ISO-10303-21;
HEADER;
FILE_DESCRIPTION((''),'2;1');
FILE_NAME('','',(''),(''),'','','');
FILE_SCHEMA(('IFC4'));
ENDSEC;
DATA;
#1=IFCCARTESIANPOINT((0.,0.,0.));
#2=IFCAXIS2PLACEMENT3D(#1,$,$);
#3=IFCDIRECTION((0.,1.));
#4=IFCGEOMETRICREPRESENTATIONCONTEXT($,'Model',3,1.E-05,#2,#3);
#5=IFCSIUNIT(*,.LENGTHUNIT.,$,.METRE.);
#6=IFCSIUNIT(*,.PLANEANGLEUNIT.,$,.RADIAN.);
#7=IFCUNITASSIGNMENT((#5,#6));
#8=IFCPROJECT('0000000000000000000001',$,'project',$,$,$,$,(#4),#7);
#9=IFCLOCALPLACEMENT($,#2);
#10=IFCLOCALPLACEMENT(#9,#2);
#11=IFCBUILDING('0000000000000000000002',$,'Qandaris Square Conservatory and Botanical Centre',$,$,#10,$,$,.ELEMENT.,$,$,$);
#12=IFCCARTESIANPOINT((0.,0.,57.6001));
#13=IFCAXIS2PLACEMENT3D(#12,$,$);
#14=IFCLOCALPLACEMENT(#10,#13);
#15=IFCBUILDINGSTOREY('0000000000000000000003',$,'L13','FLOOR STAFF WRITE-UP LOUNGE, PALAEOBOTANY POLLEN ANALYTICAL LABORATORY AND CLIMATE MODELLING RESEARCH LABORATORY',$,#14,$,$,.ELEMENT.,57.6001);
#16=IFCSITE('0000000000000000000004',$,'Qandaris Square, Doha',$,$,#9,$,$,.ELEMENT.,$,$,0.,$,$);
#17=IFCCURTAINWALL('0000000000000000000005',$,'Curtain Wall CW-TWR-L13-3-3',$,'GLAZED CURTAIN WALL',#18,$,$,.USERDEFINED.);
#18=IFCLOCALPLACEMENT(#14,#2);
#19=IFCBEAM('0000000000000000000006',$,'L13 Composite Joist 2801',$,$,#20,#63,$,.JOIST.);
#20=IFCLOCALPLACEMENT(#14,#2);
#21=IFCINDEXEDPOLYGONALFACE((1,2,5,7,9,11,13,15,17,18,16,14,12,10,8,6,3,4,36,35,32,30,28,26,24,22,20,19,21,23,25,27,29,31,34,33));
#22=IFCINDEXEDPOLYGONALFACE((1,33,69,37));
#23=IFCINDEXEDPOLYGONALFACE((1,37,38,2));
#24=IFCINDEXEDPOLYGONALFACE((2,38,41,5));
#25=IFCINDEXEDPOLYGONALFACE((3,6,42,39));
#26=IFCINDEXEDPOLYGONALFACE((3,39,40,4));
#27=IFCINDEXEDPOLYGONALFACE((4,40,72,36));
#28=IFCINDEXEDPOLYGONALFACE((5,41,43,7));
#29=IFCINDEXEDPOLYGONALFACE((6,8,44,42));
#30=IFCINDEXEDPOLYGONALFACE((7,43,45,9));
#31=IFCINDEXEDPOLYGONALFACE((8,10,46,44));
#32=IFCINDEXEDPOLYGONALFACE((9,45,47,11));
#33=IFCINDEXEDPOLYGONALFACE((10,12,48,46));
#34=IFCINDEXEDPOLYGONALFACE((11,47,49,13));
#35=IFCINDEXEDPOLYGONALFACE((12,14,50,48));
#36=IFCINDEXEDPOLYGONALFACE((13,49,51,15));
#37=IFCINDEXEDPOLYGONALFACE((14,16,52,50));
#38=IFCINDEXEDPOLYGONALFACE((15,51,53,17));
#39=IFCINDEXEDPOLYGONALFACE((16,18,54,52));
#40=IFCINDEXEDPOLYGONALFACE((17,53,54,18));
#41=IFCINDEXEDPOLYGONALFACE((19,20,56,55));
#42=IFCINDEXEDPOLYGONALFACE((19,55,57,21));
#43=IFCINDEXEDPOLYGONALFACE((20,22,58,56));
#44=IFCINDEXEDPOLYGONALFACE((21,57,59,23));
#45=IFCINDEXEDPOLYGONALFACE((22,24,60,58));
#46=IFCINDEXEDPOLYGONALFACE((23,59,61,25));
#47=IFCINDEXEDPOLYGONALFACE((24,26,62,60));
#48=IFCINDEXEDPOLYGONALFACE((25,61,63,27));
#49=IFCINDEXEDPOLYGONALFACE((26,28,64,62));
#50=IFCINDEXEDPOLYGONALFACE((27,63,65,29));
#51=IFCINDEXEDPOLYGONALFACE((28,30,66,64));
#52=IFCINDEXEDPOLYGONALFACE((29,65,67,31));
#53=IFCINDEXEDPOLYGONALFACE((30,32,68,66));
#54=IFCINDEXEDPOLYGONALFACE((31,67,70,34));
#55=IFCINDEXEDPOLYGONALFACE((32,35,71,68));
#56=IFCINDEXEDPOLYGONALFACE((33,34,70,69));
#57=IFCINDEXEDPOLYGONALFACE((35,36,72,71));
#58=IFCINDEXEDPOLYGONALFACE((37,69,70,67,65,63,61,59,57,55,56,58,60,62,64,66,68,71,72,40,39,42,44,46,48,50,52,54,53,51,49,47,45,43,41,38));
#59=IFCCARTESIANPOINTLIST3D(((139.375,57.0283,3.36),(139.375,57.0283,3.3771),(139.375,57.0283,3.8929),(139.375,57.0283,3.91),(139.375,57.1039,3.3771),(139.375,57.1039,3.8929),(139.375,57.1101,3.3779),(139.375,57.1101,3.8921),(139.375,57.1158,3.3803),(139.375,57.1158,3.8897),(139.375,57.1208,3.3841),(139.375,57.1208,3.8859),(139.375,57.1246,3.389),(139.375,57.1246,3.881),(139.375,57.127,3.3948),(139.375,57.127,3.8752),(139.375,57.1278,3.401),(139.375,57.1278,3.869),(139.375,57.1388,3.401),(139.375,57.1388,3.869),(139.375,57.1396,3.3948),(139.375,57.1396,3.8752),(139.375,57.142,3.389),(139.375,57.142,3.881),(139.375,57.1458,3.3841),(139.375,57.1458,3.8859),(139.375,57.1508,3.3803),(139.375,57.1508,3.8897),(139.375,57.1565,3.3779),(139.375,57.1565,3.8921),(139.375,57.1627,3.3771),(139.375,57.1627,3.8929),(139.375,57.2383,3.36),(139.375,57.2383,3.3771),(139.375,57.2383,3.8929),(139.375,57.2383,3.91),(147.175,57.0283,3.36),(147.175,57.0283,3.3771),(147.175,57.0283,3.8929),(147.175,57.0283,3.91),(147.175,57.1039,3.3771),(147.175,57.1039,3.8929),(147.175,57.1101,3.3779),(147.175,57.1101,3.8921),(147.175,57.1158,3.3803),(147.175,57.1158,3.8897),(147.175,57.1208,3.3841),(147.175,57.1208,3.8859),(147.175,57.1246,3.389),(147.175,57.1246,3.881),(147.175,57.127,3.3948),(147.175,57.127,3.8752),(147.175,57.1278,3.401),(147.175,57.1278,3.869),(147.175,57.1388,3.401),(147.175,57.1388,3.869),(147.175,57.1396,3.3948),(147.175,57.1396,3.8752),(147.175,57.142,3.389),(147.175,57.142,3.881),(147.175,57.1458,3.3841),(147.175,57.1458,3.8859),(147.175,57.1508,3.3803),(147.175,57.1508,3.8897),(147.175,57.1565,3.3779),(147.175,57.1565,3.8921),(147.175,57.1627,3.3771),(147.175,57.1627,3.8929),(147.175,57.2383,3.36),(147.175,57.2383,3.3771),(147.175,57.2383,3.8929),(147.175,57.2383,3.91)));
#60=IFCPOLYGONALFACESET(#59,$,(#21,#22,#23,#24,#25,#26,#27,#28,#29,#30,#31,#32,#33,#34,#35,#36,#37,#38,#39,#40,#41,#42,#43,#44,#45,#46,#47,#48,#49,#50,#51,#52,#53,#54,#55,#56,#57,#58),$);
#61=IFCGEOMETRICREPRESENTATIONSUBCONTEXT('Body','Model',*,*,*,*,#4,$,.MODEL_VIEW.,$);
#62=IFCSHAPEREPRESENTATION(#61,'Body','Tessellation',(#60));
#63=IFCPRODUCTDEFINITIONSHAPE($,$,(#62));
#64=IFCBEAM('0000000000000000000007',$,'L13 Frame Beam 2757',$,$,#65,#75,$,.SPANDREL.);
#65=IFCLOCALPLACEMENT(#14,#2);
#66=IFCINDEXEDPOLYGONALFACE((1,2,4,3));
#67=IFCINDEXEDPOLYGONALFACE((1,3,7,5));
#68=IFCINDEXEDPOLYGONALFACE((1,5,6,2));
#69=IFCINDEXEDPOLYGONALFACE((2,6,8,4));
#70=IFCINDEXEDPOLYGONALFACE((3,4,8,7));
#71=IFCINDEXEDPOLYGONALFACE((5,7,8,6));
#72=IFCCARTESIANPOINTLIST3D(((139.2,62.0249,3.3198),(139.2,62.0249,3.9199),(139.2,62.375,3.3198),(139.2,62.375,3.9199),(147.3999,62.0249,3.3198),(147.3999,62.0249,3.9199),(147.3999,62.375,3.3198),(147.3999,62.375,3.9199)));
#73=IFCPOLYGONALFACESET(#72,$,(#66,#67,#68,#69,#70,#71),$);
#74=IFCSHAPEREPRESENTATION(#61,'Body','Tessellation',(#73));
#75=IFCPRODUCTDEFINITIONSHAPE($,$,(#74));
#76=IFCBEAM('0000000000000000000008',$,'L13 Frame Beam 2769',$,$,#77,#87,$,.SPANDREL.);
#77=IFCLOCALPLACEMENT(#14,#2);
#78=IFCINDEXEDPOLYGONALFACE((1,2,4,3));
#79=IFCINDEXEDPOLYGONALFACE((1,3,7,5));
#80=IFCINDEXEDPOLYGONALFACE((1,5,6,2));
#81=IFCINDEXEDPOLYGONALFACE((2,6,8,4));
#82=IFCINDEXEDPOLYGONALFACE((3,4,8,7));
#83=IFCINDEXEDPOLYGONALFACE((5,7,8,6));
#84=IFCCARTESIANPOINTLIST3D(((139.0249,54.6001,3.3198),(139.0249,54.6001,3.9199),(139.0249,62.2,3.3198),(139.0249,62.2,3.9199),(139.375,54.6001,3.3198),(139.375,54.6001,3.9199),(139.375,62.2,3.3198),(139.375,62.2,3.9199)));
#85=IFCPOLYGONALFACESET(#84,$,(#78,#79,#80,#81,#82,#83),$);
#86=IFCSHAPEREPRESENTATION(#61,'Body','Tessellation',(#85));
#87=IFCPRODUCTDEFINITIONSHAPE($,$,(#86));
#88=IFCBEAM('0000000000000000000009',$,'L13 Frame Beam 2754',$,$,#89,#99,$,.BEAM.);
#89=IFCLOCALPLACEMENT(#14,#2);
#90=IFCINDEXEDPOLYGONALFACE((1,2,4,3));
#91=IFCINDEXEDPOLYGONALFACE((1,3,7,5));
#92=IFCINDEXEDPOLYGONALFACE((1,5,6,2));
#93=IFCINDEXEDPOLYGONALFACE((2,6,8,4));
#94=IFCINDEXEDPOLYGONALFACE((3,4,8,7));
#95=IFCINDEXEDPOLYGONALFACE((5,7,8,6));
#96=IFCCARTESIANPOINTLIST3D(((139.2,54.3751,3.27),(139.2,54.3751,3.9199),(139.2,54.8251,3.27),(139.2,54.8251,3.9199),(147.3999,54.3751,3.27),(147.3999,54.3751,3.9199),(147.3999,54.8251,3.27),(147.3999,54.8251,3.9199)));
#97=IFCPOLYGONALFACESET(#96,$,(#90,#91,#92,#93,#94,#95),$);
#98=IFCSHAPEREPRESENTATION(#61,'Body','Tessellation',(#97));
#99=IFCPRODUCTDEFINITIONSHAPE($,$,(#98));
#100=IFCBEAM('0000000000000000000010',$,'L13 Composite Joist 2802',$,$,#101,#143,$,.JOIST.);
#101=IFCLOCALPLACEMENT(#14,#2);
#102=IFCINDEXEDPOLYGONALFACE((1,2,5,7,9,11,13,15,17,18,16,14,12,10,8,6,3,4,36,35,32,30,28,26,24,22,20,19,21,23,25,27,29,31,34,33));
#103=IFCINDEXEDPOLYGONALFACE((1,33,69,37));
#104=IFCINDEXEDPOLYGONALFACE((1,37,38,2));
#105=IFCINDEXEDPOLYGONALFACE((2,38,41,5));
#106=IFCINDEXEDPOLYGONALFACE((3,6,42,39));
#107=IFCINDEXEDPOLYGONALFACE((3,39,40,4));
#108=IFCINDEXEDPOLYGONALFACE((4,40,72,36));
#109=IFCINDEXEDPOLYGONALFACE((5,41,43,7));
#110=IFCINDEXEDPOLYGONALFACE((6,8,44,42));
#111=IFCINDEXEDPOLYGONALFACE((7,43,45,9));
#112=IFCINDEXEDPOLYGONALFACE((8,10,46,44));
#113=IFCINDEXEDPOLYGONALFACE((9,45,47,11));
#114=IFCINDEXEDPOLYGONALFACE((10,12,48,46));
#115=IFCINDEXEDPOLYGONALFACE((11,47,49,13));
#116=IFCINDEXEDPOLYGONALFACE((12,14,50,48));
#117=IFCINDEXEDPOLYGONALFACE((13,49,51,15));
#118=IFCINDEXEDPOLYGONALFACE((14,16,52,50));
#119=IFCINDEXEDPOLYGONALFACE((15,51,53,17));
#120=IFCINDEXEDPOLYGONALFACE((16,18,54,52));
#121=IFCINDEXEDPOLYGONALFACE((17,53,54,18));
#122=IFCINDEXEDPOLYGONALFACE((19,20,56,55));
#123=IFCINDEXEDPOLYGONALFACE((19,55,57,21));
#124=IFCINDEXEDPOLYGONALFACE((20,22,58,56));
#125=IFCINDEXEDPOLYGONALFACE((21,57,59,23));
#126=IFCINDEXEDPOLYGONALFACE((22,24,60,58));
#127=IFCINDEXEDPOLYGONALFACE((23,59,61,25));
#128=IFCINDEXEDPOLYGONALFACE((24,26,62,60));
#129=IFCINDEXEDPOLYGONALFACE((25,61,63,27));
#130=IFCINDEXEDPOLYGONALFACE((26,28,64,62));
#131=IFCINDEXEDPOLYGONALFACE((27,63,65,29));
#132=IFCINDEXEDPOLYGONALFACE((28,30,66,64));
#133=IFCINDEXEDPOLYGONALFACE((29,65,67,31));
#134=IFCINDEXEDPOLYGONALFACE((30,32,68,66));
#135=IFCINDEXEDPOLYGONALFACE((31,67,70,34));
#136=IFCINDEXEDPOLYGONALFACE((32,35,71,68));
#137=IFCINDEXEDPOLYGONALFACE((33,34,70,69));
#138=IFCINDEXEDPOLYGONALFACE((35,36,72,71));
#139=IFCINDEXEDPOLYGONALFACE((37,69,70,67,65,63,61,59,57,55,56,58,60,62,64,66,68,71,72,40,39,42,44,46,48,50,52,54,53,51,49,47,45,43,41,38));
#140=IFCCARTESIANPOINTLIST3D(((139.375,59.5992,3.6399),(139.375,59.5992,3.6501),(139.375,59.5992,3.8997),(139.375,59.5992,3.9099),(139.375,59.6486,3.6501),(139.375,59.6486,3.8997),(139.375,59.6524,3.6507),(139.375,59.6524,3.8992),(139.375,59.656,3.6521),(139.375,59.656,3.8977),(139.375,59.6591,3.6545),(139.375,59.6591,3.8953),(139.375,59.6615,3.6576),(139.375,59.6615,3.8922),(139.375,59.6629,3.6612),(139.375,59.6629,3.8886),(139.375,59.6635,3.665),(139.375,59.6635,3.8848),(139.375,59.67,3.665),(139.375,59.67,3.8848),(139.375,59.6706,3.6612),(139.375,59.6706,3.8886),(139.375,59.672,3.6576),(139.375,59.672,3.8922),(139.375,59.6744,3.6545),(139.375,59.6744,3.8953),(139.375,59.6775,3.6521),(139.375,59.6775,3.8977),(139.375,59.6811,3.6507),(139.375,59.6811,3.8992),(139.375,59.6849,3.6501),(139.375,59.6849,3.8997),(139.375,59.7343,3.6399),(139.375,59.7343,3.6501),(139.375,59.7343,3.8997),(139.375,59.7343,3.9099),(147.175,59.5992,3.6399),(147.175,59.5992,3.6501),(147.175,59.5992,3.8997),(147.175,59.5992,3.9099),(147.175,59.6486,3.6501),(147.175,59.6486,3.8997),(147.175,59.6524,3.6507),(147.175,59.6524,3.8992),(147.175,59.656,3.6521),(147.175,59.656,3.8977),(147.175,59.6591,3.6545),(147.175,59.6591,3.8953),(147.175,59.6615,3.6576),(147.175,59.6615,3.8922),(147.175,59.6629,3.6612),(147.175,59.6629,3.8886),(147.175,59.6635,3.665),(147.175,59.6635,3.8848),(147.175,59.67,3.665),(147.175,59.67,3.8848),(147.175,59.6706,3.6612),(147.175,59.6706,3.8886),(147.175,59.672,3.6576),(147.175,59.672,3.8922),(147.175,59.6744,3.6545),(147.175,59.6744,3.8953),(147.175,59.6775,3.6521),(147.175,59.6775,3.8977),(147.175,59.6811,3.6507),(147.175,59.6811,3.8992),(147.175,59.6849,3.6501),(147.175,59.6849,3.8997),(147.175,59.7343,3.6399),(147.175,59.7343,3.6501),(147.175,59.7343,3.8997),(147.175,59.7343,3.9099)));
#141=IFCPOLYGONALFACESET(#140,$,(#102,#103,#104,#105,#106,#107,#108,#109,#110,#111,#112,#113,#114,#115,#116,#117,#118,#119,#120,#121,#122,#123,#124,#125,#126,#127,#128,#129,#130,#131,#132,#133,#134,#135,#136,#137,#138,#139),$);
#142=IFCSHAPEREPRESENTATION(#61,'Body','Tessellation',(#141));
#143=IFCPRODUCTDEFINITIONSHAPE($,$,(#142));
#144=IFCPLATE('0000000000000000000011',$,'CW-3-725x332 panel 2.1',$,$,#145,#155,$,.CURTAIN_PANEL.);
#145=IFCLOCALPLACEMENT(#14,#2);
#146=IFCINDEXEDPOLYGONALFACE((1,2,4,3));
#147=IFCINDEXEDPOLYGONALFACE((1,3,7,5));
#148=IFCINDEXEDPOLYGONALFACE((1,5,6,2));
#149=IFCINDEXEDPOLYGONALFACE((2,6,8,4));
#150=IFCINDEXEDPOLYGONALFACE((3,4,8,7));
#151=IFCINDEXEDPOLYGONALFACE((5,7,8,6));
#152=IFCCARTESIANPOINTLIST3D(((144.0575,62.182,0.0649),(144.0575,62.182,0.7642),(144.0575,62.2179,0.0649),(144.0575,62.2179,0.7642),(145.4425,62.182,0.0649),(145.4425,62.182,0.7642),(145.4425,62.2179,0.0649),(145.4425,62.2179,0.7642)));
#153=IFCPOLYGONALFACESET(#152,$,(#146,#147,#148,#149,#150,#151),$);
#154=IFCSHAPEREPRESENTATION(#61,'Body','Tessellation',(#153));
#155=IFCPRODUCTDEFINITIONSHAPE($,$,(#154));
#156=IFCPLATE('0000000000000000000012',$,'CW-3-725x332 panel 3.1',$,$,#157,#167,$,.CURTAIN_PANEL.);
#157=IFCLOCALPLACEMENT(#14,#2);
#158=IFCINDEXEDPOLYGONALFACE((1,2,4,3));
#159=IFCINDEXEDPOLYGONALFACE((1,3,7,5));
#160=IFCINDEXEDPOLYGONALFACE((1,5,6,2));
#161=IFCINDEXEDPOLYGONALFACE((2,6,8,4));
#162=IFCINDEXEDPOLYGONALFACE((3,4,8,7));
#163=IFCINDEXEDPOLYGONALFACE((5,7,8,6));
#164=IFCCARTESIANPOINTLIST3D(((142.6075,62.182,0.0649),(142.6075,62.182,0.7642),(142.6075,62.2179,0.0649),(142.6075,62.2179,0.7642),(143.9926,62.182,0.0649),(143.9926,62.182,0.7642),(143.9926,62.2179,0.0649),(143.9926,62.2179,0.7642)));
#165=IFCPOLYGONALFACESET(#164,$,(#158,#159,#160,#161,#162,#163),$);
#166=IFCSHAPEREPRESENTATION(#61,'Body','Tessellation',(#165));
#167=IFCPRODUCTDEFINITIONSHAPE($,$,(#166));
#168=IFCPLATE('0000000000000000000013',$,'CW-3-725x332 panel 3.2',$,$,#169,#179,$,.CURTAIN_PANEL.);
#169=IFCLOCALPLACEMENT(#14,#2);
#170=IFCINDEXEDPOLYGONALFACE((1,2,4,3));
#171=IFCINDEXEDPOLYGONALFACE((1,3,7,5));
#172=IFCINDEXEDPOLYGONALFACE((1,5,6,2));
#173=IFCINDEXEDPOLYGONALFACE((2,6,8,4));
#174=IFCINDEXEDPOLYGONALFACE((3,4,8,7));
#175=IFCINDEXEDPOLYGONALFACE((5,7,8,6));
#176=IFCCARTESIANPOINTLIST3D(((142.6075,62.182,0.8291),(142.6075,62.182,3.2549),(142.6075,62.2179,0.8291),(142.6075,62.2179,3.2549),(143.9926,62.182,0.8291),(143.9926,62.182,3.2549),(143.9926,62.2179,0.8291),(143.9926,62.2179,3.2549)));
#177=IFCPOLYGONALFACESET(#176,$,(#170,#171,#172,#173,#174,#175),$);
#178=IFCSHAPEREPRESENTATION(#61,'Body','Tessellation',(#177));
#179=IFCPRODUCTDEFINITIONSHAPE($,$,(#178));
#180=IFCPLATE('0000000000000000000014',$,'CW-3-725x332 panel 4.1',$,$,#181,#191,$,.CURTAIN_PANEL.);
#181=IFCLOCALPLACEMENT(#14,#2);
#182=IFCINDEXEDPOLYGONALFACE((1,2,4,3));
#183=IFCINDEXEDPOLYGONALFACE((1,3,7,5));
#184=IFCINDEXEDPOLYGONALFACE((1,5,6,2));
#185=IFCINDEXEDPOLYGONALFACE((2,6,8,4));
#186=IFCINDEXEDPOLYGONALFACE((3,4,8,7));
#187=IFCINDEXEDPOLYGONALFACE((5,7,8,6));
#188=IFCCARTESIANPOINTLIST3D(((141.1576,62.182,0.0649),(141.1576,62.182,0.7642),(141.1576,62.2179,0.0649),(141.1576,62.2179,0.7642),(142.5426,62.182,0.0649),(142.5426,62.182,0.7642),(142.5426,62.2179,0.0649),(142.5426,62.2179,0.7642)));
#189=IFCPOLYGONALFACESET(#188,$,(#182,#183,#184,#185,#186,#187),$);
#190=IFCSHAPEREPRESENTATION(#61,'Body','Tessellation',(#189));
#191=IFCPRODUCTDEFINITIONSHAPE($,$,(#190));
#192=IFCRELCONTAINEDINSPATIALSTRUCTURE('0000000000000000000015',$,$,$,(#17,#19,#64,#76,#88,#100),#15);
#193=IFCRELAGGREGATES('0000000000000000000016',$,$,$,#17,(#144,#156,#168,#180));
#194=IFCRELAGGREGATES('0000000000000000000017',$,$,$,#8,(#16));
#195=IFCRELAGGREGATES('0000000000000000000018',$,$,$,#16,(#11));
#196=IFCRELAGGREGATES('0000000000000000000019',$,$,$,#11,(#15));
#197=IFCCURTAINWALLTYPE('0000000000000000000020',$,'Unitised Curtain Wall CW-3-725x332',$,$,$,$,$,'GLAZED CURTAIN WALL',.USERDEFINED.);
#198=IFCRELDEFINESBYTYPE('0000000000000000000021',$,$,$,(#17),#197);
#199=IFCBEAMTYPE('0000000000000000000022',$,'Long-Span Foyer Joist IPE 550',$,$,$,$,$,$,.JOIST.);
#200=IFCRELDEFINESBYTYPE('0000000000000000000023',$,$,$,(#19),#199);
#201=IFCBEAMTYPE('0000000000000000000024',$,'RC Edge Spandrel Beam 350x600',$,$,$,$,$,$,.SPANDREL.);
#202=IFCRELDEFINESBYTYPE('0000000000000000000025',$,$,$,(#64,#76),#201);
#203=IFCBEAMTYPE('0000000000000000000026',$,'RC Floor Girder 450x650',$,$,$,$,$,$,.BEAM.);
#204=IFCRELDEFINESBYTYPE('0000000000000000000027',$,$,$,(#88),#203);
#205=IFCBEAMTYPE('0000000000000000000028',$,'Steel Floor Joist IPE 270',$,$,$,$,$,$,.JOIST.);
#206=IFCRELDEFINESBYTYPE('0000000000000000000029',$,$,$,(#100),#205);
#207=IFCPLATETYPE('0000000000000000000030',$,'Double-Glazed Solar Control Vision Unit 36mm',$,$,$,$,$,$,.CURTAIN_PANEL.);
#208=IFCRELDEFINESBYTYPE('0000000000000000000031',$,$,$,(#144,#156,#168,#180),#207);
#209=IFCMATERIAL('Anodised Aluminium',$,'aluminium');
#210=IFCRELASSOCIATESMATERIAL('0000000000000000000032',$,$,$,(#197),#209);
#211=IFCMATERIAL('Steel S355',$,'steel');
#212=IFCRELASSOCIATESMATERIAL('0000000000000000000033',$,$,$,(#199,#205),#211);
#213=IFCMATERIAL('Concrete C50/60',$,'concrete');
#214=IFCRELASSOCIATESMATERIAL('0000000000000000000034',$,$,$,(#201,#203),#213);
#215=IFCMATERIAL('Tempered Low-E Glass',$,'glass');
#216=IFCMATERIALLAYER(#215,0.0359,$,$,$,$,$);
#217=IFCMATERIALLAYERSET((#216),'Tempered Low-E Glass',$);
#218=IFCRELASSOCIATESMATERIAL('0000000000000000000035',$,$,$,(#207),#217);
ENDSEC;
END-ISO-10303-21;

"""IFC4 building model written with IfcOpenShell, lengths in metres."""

from ifc_helpers import new_model, si_unit, direction, frame, origin, origin_2d, place, context, subcontext, project, spatial, rectangle, i_section, extrude, material, layer, layer_set, material_profile, profile_set, type_object, element, aggregate, save


model = new_model("IFC4")

# Units and contexts
model_context = context("Model", 3, precision=1e-05, world=origin(), true_north=direction((0.0, 1.0)))
body_context = subcontext(model_context, "Body", "Model", "MODEL_VIEW")
ifc_project = project(units=[si_unit("LENGTHUNIT", "METRE"), si_unit("PLANEANGLEUNIT", "RADIAN")], contexts=[model_context])

# Site, building, storey
site_placement = place(None, origin())
site = spatial("IfcSite", under=ifc_project, at=site_placement, Name="Qandaris Square, Doha", CompositionType="ELEMENT", RefElevation=0.0)
building_placement = place(site_placement, origin())
building = spatial("IfcBuilding", under=site, at=building_placement, Name="Qandaris Square Conservatory and Botanical Centre", CompositionType="ELEMENT")
storey_placement = place(building_placement, frame((0.0, 0.0, 57.6001)))
storey = spatial("IfcBuildingStorey", under=building, at=storey_placement, Name="L13", Description="FLOOR STAFF WRITE-UP LOUNGE, PALAEOBOTANY POLLEN ANALYTICAL LABORATORY AND CLIMATE MODELLING RESEARCH LABORATORY", CompositionType="ELEMENT", Elevation=57.6001)

# Curtain wall
ifc_material_1 = material(Name="Anodised Aluminium", Category="aluminium")
curtain_wall_type = type_object("IfcCurtainWallType", Name="Unitised Curtain Wall CW-3-725x332", ElementType="GLAZED CURTAIN WALL", PredefinedType="USERDEFINED", material=ifc_material_1)
curtain_wall_placement = place(storey_placement, origin())
curtain_wall = element("IfcCurtainWall", 1, at=curtain_wall_placement, inside=storey, type_object=curtain_wall_type, Name="Curtain Wall CW-TWR-L13-3-3", ObjectType="GLAZED CURTAIN WALL", PredefinedType="USERDEFINED")

# Beams
ifc_material_2 = material(Name="Steel S355", Category="steel")
ifc_material_profile_1 = material_profile(ifc_material_2, i_section(OverallWidth=0.21, OverallDepth=0.55, WebThickness=0.011, FlangeThickness=0.0171, FilletRadius=0.0239, at=origin_2d()), Name="IPE 550")
ifc_profile_set_1 = profile_set([ifc_material_profile_1], Name="Steel S355")
beam_type_1 = type_object("IfcBeamType", Name="Long-Span Foyer Joist IPE 550", PredefinedType="JOIST", material=ifc_profile_set_1)
beam_1_placement = place(storey_placement, frame((139.375, 57.1333, 3.635), z_axis=(1.0, 0.0, 0.0), x_axis=(0.0, 1.0, 0.0)))
element("IfcBeam", 2, at=beam_1_placement, inside=storey, type_object=beam_type_1, Name="L13 Composite Joist 2801", PredefinedType="JOIST", context=body_context, shape_type="SweptSolid", body=[
    extrude(i_section(OverallWidth=0.21, OverallDepth=0.55, WebThickness=0.011, FlangeThickness=0.0171, FilletRadius=0.0239, at=origin_2d()), origin(), (0.0, 0.0, 1.0), 7.8),
])
ifc_material_3 = material(Name="Concrete C50/60", Category="concrete")
ifc_material_profile_2 = material_profile(ifc_material_3, rectangle(XDim=0.3501, YDim=0.6001, at=origin_2d()), Name="RC-SP 350x600")
ifc_profile_set_2 = profile_set([ifc_material_profile_2], Name="Concrete C50/60")
beam_type_2 = type_object("IfcBeamType", Name="RC Edge Spandrel Beam 350x600", PredefinedType="SPANDREL", material=ifc_profile_set_2)
beam_2_placement = place(storey_placement, frame((139.2, 62.2, 3.6199), z_axis=(1.0, 0.0, 0.0), x_axis=(0.0, 1.0, 0.0)))
element("IfcBeam", 3, at=beam_2_placement, inside=storey, type_object=beam_type_2, Name="L13 Frame Beam 2757", PredefinedType="SPANDREL", context=body_context, shape_type="SweptSolid", body=[
    extrude(rectangle(XDim=0.3501, YDim=0.6001, at=origin_2d()), origin(), (0.0, 0.0, 1.0), 8.2),
])
beam_3_placement = place(storey_placement, frame((139.2, 54.6001, 3.6199), z_axis=(0.0, 1.0, 0.0), x_axis=(-1.0, 0.0, 0.0)))
element("IfcBeam", 4, at=beam_3_placement, inside=storey, type_object=beam_type_2, Name="L13 Frame Beam 2769", PredefinedType="SPANDREL", context=body_context, shape_type="SweptSolid", body=[
    extrude(rectangle(XDim=0.3501, YDim=0.6001, at=origin_2d()), origin(), (0.0, 0.0, 1.0), 7.5999),
])
ifc_material_profile_3 = material_profile(ifc_material_3, rectangle(XDim=0.45, YDim=0.6499, at=origin_2d()), Name="RC-BM 450x650")
ifc_profile_set_3 = profile_set([ifc_material_profile_3], Name="Concrete C50/60")
beam_type_3 = type_object("IfcBeamType", Name="RC Floor Girder 450x650", PredefinedType="BEAM", material=ifc_profile_set_3)
beam_4_placement = place(storey_placement, frame((139.2, 54.6001, 3.595), z_axis=(1.0, 0.0, 0.0), x_axis=(0.0, 1.0, 0.0)))
element("IfcBeam", 5, at=beam_4_placement, inside=storey, type_object=beam_type_3, Name="L13 Frame Beam 2754", PredefinedType="BEAM", context=body_context, shape_type="SweptSolid", body=[
    extrude(rectangle(XDim=0.45, YDim=0.6499, at=origin_2d()), origin(), (0.0, 0.0, 1.0), 8.2),
])
ifc_material_profile_4 = material_profile(ifc_material_2, i_section(OverallWidth=0.135, OverallDepth=0.27, WebThickness=0.0066, FlangeThickness=0.0103, FilletRadius=0.0149, at=origin_2d()), Name="IPE 270")
ifc_profile_set_4 = profile_set([ifc_material_profile_4], Name="Steel S355")
beam_type_4 = type_object("IfcBeamType", Name="Steel Floor Joist IPE 270", PredefinedType="JOIST", material=ifc_profile_set_4)
beam_5_placement = place(storey_placement, frame((139.375, 59.6667, 3.7749), z_axis=(1.0, 0.0, 0.0), x_axis=(0.0, 1.0, 0.0)))
element("IfcBeam", 6, at=beam_5_placement, inside=storey, type_object=beam_type_4, Name="L13 Composite Joist 2802", PredefinedType="JOIST", context=body_context, shape_type="SweptSolid", body=[
    extrude(i_section(OverallWidth=0.135, OverallDepth=0.27, WebThickness=0.0066, FlangeThickness=0.0103, FilletRadius=0.0149, at=origin_2d()), origin(), (0.0, 0.0, 1.0), 7.8),
])

# Plates
ifc_material_4 = material(Name="Tempered Low-E Glass", Category="glass")
ifc_layer_1 = layer(ifc_material_4, 0.0359)
ifc_layer_set_1 = layer_set([ifc_layer_1], Name="Tempered Low-E Glass")
plate_type = type_object("IfcPlateType", Name="Double-Glazed Solar Control Vision Unit 36mm", PredefinedType="CURTAIN_PANEL", material=ifc_layer_set_1)
plate_1_placement = place(storey_placement, frame((144.75, 62.2, 0.0649), z_axis=(0.0, 0.0, 1.0), x_axis=(-1.0, 0.0, 0.0)))
plate_1 = element("IfcPlate", 7, at=plate_1_placement, type_object=plate_type, Name="CW-3-725x332 panel 2.1", PredefinedType="CURTAIN_PANEL", context=body_context, shape_type="SweptSolid", body=[
    extrude(rectangle(XDim=1.385, YDim=0.0359, at=origin_2d()), origin(), (0.0, 0.0, 1.0), 0.6992),
])
plate_2_placement = place(storey_placement, frame((143.3, 62.2, 0.0649), z_axis=(0.0, 0.0, 1.0), x_axis=(-1.0, 0.0, 0.0)))
plate_2 = element("IfcPlate", 8, at=plate_2_placement, type_object=plate_type, Name="CW-3-725x332 panel 3.1", PredefinedType="CURTAIN_PANEL", context=body_context, shape_type="SweptSolid", body=[
    extrude(rectangle(XDim=1.385, YDim=0.0359, at=origin_2d()), origin(), (0.0, 0.0, 1.0), 0.6992),
])
plate_3_placement = place(storey_placement, frame((143.3, 62.2, 0.8291), z_axis=(0.0, 0.0, 1.0), x_axis=(-1.0, 0.0, 0.0)))
plate_3 = element("IfcPlate", 9, at=plate_3_placement, type_object=plate_type, Name="CW-3-725x332 panel 3.2", PredefinedType="CURTAIN_PANEL", context=body_context, shape_type="SweptSolid", body=[
    extrude(rectangle(XDim=1.385, YDim=0.0359, at=origin_2d()), origin(), (0.0, 0.0, 1.0), 2.4258),
])
plate_4_placement = place(storey_placement, frame((141.8501, 62.2, 0.0649), z_axis=(0.0, 0.0, 1.0), x_axis=(-1.0, 0.0, 0.0)))
plate_4 = element("IfcPlate", 10, at=plate_4_placement, type_object=plate_type, Name="CW-3-725x332 panel 4.1", PredefinedType="CURTAIN_PANEL", context=body_context, shape_type="SweptSolid", body=[
    extrude(rectangle(XDim=1.385, YDim=0.0359, at=origin_2d()), origin(), (0.0, 0.0, 1.0), 0.6992),
])
aggregate(curtain_wall, [plate_1, plate_2, plate_3, plate_4])

save(model, "model.ifc")
